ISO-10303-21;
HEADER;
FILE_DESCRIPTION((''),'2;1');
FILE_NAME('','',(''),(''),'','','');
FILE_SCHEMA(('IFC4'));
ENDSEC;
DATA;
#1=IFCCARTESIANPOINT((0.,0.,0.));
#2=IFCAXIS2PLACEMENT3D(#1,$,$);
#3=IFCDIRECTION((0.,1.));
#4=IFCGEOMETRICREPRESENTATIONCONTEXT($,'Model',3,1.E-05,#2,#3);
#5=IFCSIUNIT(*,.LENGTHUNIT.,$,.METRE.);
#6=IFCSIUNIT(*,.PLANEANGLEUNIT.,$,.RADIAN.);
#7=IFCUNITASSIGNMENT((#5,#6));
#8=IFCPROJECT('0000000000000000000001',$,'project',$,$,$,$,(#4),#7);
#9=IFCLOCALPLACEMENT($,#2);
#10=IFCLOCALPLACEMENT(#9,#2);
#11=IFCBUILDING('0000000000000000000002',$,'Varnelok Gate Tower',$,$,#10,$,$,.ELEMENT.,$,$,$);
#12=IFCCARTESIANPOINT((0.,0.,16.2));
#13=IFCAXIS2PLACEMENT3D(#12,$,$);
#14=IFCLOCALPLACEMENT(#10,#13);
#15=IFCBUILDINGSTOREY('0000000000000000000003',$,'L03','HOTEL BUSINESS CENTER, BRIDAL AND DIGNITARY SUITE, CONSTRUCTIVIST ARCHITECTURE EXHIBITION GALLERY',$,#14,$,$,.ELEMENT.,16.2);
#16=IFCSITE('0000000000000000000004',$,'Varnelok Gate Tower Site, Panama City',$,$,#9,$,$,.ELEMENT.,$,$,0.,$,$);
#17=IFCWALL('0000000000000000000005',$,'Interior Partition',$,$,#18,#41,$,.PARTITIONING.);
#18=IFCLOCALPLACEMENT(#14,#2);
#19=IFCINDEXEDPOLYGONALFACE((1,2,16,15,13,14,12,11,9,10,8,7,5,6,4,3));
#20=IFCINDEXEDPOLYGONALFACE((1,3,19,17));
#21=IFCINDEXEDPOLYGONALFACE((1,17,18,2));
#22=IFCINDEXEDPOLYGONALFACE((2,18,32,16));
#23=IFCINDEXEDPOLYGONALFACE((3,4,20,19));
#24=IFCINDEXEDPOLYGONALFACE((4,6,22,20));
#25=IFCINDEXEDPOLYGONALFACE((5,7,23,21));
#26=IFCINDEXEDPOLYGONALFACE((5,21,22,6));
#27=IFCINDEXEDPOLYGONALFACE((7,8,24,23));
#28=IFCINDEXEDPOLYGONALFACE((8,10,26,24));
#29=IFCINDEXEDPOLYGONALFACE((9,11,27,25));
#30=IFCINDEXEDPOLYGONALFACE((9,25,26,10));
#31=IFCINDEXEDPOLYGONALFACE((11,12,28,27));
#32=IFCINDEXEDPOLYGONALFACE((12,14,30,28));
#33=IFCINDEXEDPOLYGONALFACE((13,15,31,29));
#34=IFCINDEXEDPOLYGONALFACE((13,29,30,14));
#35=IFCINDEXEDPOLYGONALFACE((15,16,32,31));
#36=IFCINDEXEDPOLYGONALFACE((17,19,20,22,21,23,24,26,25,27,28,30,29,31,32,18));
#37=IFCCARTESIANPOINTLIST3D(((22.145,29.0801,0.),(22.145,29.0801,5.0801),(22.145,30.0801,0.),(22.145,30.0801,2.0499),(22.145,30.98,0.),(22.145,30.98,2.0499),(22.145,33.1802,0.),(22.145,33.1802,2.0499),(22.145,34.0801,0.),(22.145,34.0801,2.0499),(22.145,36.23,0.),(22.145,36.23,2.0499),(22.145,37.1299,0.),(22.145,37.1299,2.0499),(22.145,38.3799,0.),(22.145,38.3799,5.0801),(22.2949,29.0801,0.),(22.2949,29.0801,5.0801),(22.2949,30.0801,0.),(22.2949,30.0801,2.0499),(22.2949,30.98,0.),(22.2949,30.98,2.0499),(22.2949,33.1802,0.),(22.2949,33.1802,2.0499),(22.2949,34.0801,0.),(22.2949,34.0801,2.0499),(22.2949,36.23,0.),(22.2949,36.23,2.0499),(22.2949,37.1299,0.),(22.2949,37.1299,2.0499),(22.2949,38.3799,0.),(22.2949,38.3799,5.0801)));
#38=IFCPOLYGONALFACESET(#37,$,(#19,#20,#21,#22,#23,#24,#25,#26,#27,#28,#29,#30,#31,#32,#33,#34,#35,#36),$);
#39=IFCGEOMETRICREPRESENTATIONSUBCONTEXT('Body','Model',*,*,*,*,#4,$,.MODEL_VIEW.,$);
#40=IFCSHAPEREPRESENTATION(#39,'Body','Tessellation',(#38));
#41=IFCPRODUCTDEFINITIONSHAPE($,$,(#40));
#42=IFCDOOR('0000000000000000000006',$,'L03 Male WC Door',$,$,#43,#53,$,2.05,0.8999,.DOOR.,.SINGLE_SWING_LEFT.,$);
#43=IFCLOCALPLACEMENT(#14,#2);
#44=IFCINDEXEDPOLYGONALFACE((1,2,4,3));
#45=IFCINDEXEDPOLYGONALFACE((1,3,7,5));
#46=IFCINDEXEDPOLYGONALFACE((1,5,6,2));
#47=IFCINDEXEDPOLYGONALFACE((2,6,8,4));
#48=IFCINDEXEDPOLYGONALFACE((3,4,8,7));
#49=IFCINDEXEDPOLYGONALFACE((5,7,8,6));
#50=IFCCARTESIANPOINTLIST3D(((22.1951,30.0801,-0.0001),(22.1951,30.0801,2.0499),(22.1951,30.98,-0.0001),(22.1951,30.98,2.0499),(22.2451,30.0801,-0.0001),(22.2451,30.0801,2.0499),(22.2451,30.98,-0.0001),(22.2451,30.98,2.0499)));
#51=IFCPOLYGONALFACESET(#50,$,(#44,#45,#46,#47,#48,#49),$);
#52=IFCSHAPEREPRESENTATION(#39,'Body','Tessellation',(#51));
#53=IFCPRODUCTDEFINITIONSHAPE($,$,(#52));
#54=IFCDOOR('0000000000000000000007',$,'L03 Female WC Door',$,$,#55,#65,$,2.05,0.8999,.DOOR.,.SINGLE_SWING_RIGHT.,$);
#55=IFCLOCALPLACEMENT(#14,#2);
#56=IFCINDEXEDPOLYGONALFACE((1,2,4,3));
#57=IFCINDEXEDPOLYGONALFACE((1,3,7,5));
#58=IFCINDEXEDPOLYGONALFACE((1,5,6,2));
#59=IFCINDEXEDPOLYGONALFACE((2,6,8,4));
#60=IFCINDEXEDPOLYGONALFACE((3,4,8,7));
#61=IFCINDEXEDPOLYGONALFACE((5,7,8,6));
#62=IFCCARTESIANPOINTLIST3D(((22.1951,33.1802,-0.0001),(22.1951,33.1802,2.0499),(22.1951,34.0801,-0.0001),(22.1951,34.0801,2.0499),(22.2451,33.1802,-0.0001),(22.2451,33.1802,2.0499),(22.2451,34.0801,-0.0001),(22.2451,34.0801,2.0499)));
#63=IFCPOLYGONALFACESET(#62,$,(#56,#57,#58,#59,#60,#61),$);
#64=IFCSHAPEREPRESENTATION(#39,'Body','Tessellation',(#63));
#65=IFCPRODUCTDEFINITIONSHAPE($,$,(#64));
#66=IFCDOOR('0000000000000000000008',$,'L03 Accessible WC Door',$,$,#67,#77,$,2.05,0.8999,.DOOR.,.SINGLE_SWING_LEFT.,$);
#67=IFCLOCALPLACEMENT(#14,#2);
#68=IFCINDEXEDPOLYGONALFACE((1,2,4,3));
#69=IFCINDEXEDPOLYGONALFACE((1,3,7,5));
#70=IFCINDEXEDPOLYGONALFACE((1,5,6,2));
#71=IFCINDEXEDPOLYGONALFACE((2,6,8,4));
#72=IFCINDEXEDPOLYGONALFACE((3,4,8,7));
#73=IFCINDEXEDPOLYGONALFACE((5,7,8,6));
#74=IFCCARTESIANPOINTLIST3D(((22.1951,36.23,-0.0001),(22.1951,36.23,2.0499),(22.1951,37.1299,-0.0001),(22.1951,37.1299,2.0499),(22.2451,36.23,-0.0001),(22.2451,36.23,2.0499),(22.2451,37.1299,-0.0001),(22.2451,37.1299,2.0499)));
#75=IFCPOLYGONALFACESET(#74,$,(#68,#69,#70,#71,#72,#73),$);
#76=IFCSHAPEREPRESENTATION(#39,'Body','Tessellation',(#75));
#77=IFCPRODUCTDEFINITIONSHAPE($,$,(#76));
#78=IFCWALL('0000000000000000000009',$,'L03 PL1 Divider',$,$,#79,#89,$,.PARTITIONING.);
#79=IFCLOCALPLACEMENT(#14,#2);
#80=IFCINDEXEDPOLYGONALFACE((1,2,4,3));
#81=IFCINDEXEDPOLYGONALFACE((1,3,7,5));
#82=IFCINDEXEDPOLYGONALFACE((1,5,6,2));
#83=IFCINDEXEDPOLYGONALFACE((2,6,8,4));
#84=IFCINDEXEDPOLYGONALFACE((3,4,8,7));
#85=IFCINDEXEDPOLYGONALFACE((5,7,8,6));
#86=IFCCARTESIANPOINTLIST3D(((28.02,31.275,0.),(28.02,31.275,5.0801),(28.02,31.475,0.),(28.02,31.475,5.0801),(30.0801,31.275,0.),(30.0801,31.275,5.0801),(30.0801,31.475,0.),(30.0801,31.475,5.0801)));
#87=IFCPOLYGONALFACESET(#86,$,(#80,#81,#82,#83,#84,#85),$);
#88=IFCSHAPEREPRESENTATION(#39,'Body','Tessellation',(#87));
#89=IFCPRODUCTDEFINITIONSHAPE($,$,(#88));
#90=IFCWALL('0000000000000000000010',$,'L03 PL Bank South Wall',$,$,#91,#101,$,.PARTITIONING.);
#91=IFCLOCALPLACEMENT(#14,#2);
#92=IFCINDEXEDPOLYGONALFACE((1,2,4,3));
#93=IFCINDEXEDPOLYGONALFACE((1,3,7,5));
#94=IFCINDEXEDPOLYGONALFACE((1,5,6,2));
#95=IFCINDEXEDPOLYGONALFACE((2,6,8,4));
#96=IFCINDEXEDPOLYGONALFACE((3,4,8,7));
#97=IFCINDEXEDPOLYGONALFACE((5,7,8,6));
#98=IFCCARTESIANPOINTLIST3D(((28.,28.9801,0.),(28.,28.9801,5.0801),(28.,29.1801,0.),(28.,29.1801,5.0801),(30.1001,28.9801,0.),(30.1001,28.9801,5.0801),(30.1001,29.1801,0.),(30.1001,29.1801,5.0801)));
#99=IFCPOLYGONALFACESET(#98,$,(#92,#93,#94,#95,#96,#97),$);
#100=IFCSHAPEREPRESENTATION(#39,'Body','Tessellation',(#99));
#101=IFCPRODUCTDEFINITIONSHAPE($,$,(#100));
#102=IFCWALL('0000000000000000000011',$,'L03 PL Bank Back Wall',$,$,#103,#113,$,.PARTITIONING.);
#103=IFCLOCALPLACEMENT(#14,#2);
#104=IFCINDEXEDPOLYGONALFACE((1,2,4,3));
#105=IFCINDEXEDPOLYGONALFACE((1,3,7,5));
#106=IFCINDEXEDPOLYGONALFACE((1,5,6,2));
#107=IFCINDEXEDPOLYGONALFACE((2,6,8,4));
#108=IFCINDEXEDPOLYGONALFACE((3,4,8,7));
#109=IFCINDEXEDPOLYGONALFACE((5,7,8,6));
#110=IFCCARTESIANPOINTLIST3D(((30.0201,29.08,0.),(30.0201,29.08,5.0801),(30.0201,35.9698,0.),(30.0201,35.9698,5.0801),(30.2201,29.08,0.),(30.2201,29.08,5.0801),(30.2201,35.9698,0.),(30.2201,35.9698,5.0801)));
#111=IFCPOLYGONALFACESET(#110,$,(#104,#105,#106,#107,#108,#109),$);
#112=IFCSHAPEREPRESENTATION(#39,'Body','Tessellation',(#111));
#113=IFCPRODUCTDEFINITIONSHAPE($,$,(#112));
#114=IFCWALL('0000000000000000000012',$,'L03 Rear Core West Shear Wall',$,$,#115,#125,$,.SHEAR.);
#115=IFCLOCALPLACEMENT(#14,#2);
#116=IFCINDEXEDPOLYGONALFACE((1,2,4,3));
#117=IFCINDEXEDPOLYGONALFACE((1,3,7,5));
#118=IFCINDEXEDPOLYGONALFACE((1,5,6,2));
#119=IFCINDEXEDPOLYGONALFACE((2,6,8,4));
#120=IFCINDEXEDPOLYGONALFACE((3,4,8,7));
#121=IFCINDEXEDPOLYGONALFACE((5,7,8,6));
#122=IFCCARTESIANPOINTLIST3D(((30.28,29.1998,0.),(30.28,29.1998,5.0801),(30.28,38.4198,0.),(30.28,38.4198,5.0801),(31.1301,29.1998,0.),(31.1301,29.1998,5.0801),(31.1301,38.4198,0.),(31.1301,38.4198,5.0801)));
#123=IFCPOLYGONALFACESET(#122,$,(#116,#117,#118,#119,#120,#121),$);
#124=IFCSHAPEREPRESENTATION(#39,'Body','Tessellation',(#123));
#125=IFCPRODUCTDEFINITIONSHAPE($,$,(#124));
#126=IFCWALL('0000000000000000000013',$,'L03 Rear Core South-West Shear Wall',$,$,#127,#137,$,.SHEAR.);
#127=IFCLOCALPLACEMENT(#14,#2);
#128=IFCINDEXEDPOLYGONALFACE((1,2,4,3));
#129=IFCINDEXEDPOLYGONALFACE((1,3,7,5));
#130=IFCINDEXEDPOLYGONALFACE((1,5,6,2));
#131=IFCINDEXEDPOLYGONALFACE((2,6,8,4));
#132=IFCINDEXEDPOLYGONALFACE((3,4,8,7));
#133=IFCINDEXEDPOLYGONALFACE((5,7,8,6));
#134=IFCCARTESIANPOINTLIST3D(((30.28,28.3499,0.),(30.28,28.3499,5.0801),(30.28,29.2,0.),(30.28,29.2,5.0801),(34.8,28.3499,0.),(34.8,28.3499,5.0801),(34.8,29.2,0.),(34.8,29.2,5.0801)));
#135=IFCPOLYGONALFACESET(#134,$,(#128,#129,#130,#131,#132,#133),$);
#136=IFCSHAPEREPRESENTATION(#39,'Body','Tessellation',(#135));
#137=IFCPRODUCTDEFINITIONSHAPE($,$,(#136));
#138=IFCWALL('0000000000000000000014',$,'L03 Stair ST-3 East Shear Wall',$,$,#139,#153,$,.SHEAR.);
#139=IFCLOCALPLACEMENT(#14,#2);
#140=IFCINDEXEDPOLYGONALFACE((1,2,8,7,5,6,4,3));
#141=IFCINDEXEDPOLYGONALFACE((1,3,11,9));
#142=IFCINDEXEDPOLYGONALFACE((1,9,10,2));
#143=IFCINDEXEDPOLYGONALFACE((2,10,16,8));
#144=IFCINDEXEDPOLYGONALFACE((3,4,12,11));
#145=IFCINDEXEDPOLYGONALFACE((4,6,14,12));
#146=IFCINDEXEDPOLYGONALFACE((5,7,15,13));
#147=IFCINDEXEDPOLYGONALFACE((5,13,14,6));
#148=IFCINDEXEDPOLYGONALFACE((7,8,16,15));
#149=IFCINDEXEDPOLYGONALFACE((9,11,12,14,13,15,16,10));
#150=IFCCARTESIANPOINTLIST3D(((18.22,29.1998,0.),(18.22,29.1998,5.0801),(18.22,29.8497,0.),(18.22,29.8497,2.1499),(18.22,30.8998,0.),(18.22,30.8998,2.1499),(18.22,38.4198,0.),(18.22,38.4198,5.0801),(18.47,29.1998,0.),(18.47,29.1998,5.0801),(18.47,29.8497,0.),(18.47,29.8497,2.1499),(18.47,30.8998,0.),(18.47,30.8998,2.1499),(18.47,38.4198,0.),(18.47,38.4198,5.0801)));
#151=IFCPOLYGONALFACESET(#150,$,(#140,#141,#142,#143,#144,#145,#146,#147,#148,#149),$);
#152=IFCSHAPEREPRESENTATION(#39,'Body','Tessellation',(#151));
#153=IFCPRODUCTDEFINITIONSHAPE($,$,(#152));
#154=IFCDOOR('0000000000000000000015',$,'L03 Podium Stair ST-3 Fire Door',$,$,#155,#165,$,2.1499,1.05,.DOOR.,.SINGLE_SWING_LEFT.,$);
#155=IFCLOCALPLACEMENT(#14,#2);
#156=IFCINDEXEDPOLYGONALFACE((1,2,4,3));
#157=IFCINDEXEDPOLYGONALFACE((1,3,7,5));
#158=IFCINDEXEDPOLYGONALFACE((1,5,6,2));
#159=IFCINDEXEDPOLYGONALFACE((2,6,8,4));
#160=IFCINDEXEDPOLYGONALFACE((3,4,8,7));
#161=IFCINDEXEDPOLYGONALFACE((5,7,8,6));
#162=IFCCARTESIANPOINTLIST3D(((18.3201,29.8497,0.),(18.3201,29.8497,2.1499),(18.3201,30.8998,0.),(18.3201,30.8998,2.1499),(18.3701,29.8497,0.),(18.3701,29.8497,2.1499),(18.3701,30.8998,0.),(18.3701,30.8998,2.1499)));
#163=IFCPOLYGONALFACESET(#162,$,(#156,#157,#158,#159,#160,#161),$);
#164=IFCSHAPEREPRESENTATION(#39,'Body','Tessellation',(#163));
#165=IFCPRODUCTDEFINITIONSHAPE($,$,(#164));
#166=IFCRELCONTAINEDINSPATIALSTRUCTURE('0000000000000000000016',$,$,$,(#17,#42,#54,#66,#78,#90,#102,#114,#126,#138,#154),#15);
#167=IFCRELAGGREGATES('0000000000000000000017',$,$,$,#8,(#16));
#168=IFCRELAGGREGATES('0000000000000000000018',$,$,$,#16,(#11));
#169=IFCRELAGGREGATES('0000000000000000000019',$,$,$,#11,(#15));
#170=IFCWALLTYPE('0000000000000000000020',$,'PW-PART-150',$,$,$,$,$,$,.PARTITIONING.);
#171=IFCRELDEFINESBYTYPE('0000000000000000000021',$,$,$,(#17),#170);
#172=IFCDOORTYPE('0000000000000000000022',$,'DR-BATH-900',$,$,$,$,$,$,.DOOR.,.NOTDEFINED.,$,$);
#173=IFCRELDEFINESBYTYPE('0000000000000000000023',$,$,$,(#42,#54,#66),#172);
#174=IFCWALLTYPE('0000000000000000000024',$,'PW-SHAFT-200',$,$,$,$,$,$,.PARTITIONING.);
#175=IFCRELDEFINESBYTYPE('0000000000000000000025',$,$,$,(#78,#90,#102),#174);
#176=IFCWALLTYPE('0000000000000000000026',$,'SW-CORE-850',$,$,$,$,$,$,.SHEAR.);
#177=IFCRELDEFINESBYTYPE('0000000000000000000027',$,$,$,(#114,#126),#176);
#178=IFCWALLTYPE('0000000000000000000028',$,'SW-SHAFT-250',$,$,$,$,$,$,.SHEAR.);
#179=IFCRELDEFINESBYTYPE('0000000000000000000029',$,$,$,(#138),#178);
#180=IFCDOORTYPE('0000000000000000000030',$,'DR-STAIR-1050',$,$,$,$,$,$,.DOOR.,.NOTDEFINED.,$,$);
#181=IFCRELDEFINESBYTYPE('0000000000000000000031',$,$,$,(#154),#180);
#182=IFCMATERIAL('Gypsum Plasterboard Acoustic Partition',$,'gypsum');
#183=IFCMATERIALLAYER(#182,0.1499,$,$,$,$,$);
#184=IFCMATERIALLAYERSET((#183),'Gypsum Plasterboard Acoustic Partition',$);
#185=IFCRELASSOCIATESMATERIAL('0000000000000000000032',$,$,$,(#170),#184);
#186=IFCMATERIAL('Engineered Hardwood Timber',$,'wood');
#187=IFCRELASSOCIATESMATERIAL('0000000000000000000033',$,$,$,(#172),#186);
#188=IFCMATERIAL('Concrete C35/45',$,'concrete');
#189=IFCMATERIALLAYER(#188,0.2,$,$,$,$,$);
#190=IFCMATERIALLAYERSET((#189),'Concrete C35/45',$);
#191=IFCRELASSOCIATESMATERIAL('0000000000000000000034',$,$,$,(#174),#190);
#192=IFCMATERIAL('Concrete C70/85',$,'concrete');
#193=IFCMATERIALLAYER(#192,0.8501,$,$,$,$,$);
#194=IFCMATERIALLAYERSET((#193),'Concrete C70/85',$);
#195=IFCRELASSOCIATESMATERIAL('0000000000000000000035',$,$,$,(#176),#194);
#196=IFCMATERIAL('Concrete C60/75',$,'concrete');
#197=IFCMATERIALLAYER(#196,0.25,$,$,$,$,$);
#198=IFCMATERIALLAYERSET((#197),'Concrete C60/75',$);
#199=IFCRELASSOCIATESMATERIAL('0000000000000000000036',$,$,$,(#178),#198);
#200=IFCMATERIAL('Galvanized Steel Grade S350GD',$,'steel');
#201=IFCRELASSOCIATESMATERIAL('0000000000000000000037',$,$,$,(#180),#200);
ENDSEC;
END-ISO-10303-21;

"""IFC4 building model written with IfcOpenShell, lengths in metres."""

from ifc_helpers import new_model, si_unit, direction, frame, frame_2d, origin, place, context, subcontext, project, spatial, rectangle, extrude, material, layer, layer_set, type_object, element, fill, save


model = new_model("IFC4")

# Units and contexts
model_context = context("Model", 3, precision=1e-05, world=origin(), true_north=direction((0.0, 1.0)))
body_context = subcontext(model_context, "Body", "Model", "MODEL_VIEW")
ifc_project = project(units=[si_unit("LENGTHUNIT", "METRE"), si_unit("PLANEANGLEUNIT", "RADIAN")], contexts=[model_context])

# Site, building, storey
site_placement = place(None, origin())
site = spatial("IfcSite", under=ifc_project, at=site_placement, Name="Varnelok Gate Tower Site, Panama City", CompositionType="ELEMENT", RefElevation=0.0)
building_placement = place(site_placement, origin())
building = spatial("IfcBuilding", under=site, at=building_placement, Name="Varnelok Gate Tower", CompositionType="ELEMENT")
storey_placement = place(building_placement, frame((0.0, 0.0, 16.2)))
storey = spatial("IfcBuildingStorey", under=building, at=storey_placement, Name="L03", Description="HOTEL BUSINESS CENTER, BRIDAL AND DIGNITARY SUITE, CONSTRUCTIVIST ARCHITECTURE EXHIBITION GALLERY", CompositionType="ELEMENT", Elevation=16.2)

# Shared definitions
ifc_material_1 = material(Name="Concrete C70/85", Category="concrete")

# Shared definitions
ifc_material_2 = material(Name="Gypsum Plasterboard Acoustic Partition", Category="gypsum")

# Shared definitions
ifc_layer_1 = layer(ifc_material_2, 0.1499)
ifc_layer_set_1 = layer_set([ifc_layer_1], Name="Gypsum Plasterboard Acoustic Partition")
wall_type_1 = type_object("IfcWallType", Name="PW-PART-150", PredefinedType="PARTITIONING", material=ifc_layer_set_1)
ifc_material_3 = material(Name="Engineered Hardwood Timber", Category="wood")

# Wall, openings, doors
wall_1_placement = place(storey_placement, frame((22.22, 29.0801, 0.0), z_axis=(0.0, 0.0, 1.0), x_axis=(0.0, 1.0, 0.0)))
wall_1 = element("IfcWall", 1, at=wall_1_placement, inside=storey, type_object=wall_type_1, Name="Interior Partition", PredefinedType="PARTITIONING", context=body_context, shape_type="SweptSolid", body=[
    extrude(rectangle(XDim=9.2998, YDim=0.1499, at=frame_2d((4.6499, 0.0))), origin(), (0.0, 0.0, 1.0), 5.0801),
])
opening_1_placement = place(wall_1_placement, frame((1.0, 0.0, 0.0)))
opening_1 = element("IfcOpeningElement", 2, at=opening_1_placement, cuts=wall_1, PredefinedType="OPENING", context=body_context, shape_type="SweptSolid", body=[
    extrude(rectangle(XDim=0.8999, YDim=2.05, at=frame_2d((0.45, 1.0249))), frame((0.0, 0.085, 0.0), z_axis=(0.0, -1.0, 0.0), x_axis=(1.0, 0.0, 0.0)), (0.0, 0.0, 1.0), 0.1699),
])
opening_2_placement = place(wall_1_placement, frame((4.1001, 0.0, 0.0)))
opening_2 = element("IfcOpeningElement", 3, at=opening_2_placement, cuts=wall_1, PredefinedType="OPENING", context=body_context, shape_type="SweptSolid", body=[
    extrude(rectangle(XDim=0.8999, YDim=2.05, at=frame_2d((0.45, 1.0249))), frame((0.0, 0.085, 0.0), z_axis=(0.0, -1.0, 0.0), x_axis=(1.0, 0.0, 0.0)), (0.0, 0.0, 1.0), 0.1699),
])
opening_3_placement = place(wall_1_placement, frame((7.1499, 0.0, 0.0)))
opening_3 = element("IfcOpeningElement", 4, at=opening_3_placement, cuts=wall_1, PredefinedType="OPENING", context=body_context, shape_type="SweptSolid", body=[
    extrude(rectangle(XDim=0.8999, YDim=2.05, at=frame_2d((0.45, 1.0249))), frame((0.0, 0.085, 0.0), z_axis=(0.0, -1.0, 0.0), x_axis=(1.0, 0.0, 0.0)), (0.0, 0.0, 1.0), 0.1699),
])
door_type_1 = type_object("IfcDoorType", Name="DR-BATH-900", OperationType="NOTDEFINED", PredefinedType="DOOR", material=ifc_material_3)
door_1_placement = place(opening_1_placement, origin())
door_1 = element("IfcDoor", 5, at=door_1_placement, inside=storey, type_object=door_type_1, Name="L03 Male WC Door", OperationType="SINGLE_SWING_LEFT", OverallHeight=2.05, OverallWidth=0.8999, PredefinedType="DOOR", context=body_context, shape_type="SweptSolid", body=[
    extrude(rectangle(XDim=0.8999, YDim=2.05, at=frame_2d((0.45, 1.0249))), frame((0.0, 0.0249, 0.0), z_axis=(0.0, -1.0, 0.0), x_axis=(1.0, 0.0, 0.0)), (0.0, 0.0, 1.0), 0.05),
])
fill(opening_1, door_1)
door_2_placement = place(opening_2_placement, origin())
door_2 = element("IfcDoor", 6, at=door_2_placement, inside=storey, type_object=door_type_1, Name="L03 Female WC Door", OperationType="SINGLE_SWING_RIGHT", OverallHeight=2.05, OverallWidth=0.8999, PredefinedType="DOOR", context=body_context, shape_type="SweptSolid", body=[
    extrude(rectangle(XDim=0.8999, YDim=2.05, at=frame_2d((0.45, 1.0249))), frame((0.0, 0.0249, 0.0), z_axis=(0.0, -1.0, 0.0), x_axis=(1.0, 0.0, 0.0)), (0.0, 0.0, 1.0), 0.05),
])
fill(opening_2, door_2)
door_3_placement = place(opening_3_placement, origin())
door_3 = element("IfcDoor", 7, at=door_3_placement, inside=storey, type_object=door_type_1, Name="L03 Accessible WC Door", OperationType="SINGLE_SWING_LEFT", OverallHeight=2.05, OverallWidth=0.8999, PredefinedType="DOOR", context=body_context, shape_type="SweptSolid", body=[
    extrude(rectangle(XDim=0.8999, YDim=2.05, at=frame_2d((0.45, 1.0249))), frame((0.0, 0.0249, 0.0), z_axis=(0.0, -1.0, 0.0), x_axis=(1.0, 0.0, 0.0)), (0.0, 0.0, 1.0), 0.05),
])
fill(opening_3, door_3)

# Walls
ifc_material_4 = material(Name="Concrete C35/45", Category="concrete")
ifc_layer_2 = layer(ifc_material_4, 0.2)
ifc_layer_set_2 = layer_set([ifc_layer_2], Name="Concrete C35/45")
wall_type_2 = type_object("IfcWallType", Name="PW-SHAFT-200", PredefinedType="PARTITIONING", material=ifc_layer_set_2)
wall_2_placement = place(storey_placement, frame((28.02, 31.375, 0.0), z_axis=(0.0, 0.0, 1.0), x_axis=(1.0, 0.0, 0.0)))
element("IfcWall", 8, at=wall_2_placement, inside=storey, type_object=wall_type_2, Name="L03 PL1 Divider", PredefinedType="PARTITIONING", context=body_context, shape_type="SweptSolid", body=[
    extrude(rectangle(XDim=2.0601, YDim=0.2, at=frame_2d((1.03, 0.0))), origin(), (0.0, 0.0, 1.0), 5.0801),
])
wall_3_placement = place(storey_placement, frame((28.0, 29.0801, 0.0), z_axis=(0.0, 0.0, 1.0), x_axis=(1.0, 0.0, 0.0)))
element("IfcWall", 9, at=wall_3_placement, inside=storey, type_object=wall_type_2, Name="L03 PL Bank South Wall", PredefinedType="PARTITIONING", context=body_context, shape_type="SweptSolid", body=[
    extrude(rectangle(XDim=2.1001, YDim=0.2, at=frame_2d((1.05, 0.0))), origin(), (0.0, 0.0, 1.0), 5.0801),
])
wall_4_placement = place(storey_placement, frame((30.1201, 29.0801, 0.0), z_axis=(0.0, 0.0, 1.0), x_axis=(0.0, 1.0, 0.0)))
element("IfcWall", 10, at=wall_4_placement, inside=storey, type_object=wall_type_2, Name="L03 PL Bank Back Wall", PredefinedType="PARTITIONING", context=body_context, shape_type="SweptSolid", body=[
    extrude(rectangle(XDim=6.8899, YDim=0.2, at=frame_2d((3.4448, 0.0))), origin(), (0.0, 0.0, 1.0), 5.0801),
])

# Shared definitions
ifc_material_5 = material(Name="Galvanized Steel Grade S350GD", Category="steel")

# Walls
ifc_layer_3 = layer(ifc_material_1, 0.8501)
ifc_layer_set_3 = layer_set([ifc_layer_3], Name="Concrete C70/85")
wall_type_3 = type_object("IfcWallType", Name="SW-CORE-850", PredefinedType="SHEAR", material=ifc_layer_set_3)
wall_5_placement = place(storey_placement, frame((30.7051, 29.2, 0.0), z_axis=(0.0, 0.0, 1.0), x_axis=(0.0, 1.0, 0.0)))
element("IfcWall", 11, at=wall_5_placement, inside=storey, type_object=wall_type_3, Name="L03 Rear Core West Shear Wall", PredefinedType="SHEAR", context=body_context, shape_type="SweptSolid", body=[
    extrude(rectangle(XDim=9.22, YDim=0.8501, at=frame_2d((4.6099, 0.0))), origin(), (0.0, 0.0, 1.0), 5.0801),
])
wall_6_placement = place(storey_placement, frame((30.28, 28.7749, 0.0), z_axis=(0.0, 0.0, 1.0), x_axis=(1.0, 0.0, 0.0)))
element("IfcWall", 12, at=wall_6_placement, inside=storey, type_object=wall_type_3, Name="L03 Rear Core South-West Shear Wall", PredefinedType="SHEAR", context=body_context, shape_type="SweptSolid", body=[
    extrude(rectangle(XDim=4.52, YDim=0.8501, at=frame_2d((2.26, 0.0))), origin(), (0.0, 0.0, 1.0), 5.0801),
])

# Wall, opening, door
ifc_material_6 = material(Name="Concrete C60/75", Category="concrete")
ifc_layer_4 = layer(ifc_material_6, 0.25)
ifc_layer_set_4 = layer_set([ifc_layer_4], Name="Concrete C60/75")
wall_type_4 = type_object("IfcWallType", Name="SW-SHAFT-250", PredefinedType="SHEAR", material=ifc_layer_set_4)
wall_7_placement = place(storey_placement, frame((18.345, 29.2, 0.0), z_axis=(0.0, 0.0, 1.0), x_axis=(0.0, 1.0, 0.0)))
wall_7 = element("IfcWall", 13, at=wall_7_placement, inside=storey, type_object=wall_type_4, Name="L03 Stair ST-3 East Shear Wall", PredefinedType="SHEAR", context=body_context, shape_type="SweptSolid", body=[
    extrude(rectangle(XDim=9.22, YDim=0.25, at=frame_2d((4.6099, 0.0))), origin(), (0.0, 0.0, 1.0), 5.0801),
])
opening_4_placement = place(wall_7_placement, frame((0.6499, 0.0, 0.0)))
opening_4 = element("IfcOpeningElement", 14, at=opening_4_placement, cuts=wall_7, PredefinedType="OPENING", context=body_context, shape_type="SweptSolid", body=[
    extrude(rectangle(XDim=1.05, YDim=2.1499, at=frame_2d((0.5249, 1.075))), frame((0.0, 0.135, 0.0), z_axis=(0.0, -1.0, 0.0), x_axis=(1.0, 0.0, 0.0)), (0.0, 0.0, 1.0), 0.27),
])
door_type_2 = type_object("IfcDoorType", Name="DR-STAIR-1050", OperationType="NOTDEFINED", PredefinedType="DOOR", material=ifc_material_5)
door_4_placement = place(opening_4_placement, origin())
door_4 = element("IfcDoor", 15, at=door_4_placement, inside=storey, type_object=door_type_2, Name="L03 Podium Stair ST-3 Fire Door", OperationType="SINGLE_SWING_LEFT", OverallHeight=2.1499, OverallWidth=1.05, PredefinedType="DOOR", context=body_context, shape_type="SweptSolid", body=[
    extrude(rectangle(XDim=1.05, YDim=2.1499, at=frame_2d((0.5249, 1.075))), frame((0.0, 0.0249, 0.0), z_axis=(0.0, -1.0, 0.0), x_axis=(1.0, 0.0, 0.0)), (0.0, 0.0, 1.0), 0.05),
])
fill(opening_4, door_4)

save(model, "model.ifc")
